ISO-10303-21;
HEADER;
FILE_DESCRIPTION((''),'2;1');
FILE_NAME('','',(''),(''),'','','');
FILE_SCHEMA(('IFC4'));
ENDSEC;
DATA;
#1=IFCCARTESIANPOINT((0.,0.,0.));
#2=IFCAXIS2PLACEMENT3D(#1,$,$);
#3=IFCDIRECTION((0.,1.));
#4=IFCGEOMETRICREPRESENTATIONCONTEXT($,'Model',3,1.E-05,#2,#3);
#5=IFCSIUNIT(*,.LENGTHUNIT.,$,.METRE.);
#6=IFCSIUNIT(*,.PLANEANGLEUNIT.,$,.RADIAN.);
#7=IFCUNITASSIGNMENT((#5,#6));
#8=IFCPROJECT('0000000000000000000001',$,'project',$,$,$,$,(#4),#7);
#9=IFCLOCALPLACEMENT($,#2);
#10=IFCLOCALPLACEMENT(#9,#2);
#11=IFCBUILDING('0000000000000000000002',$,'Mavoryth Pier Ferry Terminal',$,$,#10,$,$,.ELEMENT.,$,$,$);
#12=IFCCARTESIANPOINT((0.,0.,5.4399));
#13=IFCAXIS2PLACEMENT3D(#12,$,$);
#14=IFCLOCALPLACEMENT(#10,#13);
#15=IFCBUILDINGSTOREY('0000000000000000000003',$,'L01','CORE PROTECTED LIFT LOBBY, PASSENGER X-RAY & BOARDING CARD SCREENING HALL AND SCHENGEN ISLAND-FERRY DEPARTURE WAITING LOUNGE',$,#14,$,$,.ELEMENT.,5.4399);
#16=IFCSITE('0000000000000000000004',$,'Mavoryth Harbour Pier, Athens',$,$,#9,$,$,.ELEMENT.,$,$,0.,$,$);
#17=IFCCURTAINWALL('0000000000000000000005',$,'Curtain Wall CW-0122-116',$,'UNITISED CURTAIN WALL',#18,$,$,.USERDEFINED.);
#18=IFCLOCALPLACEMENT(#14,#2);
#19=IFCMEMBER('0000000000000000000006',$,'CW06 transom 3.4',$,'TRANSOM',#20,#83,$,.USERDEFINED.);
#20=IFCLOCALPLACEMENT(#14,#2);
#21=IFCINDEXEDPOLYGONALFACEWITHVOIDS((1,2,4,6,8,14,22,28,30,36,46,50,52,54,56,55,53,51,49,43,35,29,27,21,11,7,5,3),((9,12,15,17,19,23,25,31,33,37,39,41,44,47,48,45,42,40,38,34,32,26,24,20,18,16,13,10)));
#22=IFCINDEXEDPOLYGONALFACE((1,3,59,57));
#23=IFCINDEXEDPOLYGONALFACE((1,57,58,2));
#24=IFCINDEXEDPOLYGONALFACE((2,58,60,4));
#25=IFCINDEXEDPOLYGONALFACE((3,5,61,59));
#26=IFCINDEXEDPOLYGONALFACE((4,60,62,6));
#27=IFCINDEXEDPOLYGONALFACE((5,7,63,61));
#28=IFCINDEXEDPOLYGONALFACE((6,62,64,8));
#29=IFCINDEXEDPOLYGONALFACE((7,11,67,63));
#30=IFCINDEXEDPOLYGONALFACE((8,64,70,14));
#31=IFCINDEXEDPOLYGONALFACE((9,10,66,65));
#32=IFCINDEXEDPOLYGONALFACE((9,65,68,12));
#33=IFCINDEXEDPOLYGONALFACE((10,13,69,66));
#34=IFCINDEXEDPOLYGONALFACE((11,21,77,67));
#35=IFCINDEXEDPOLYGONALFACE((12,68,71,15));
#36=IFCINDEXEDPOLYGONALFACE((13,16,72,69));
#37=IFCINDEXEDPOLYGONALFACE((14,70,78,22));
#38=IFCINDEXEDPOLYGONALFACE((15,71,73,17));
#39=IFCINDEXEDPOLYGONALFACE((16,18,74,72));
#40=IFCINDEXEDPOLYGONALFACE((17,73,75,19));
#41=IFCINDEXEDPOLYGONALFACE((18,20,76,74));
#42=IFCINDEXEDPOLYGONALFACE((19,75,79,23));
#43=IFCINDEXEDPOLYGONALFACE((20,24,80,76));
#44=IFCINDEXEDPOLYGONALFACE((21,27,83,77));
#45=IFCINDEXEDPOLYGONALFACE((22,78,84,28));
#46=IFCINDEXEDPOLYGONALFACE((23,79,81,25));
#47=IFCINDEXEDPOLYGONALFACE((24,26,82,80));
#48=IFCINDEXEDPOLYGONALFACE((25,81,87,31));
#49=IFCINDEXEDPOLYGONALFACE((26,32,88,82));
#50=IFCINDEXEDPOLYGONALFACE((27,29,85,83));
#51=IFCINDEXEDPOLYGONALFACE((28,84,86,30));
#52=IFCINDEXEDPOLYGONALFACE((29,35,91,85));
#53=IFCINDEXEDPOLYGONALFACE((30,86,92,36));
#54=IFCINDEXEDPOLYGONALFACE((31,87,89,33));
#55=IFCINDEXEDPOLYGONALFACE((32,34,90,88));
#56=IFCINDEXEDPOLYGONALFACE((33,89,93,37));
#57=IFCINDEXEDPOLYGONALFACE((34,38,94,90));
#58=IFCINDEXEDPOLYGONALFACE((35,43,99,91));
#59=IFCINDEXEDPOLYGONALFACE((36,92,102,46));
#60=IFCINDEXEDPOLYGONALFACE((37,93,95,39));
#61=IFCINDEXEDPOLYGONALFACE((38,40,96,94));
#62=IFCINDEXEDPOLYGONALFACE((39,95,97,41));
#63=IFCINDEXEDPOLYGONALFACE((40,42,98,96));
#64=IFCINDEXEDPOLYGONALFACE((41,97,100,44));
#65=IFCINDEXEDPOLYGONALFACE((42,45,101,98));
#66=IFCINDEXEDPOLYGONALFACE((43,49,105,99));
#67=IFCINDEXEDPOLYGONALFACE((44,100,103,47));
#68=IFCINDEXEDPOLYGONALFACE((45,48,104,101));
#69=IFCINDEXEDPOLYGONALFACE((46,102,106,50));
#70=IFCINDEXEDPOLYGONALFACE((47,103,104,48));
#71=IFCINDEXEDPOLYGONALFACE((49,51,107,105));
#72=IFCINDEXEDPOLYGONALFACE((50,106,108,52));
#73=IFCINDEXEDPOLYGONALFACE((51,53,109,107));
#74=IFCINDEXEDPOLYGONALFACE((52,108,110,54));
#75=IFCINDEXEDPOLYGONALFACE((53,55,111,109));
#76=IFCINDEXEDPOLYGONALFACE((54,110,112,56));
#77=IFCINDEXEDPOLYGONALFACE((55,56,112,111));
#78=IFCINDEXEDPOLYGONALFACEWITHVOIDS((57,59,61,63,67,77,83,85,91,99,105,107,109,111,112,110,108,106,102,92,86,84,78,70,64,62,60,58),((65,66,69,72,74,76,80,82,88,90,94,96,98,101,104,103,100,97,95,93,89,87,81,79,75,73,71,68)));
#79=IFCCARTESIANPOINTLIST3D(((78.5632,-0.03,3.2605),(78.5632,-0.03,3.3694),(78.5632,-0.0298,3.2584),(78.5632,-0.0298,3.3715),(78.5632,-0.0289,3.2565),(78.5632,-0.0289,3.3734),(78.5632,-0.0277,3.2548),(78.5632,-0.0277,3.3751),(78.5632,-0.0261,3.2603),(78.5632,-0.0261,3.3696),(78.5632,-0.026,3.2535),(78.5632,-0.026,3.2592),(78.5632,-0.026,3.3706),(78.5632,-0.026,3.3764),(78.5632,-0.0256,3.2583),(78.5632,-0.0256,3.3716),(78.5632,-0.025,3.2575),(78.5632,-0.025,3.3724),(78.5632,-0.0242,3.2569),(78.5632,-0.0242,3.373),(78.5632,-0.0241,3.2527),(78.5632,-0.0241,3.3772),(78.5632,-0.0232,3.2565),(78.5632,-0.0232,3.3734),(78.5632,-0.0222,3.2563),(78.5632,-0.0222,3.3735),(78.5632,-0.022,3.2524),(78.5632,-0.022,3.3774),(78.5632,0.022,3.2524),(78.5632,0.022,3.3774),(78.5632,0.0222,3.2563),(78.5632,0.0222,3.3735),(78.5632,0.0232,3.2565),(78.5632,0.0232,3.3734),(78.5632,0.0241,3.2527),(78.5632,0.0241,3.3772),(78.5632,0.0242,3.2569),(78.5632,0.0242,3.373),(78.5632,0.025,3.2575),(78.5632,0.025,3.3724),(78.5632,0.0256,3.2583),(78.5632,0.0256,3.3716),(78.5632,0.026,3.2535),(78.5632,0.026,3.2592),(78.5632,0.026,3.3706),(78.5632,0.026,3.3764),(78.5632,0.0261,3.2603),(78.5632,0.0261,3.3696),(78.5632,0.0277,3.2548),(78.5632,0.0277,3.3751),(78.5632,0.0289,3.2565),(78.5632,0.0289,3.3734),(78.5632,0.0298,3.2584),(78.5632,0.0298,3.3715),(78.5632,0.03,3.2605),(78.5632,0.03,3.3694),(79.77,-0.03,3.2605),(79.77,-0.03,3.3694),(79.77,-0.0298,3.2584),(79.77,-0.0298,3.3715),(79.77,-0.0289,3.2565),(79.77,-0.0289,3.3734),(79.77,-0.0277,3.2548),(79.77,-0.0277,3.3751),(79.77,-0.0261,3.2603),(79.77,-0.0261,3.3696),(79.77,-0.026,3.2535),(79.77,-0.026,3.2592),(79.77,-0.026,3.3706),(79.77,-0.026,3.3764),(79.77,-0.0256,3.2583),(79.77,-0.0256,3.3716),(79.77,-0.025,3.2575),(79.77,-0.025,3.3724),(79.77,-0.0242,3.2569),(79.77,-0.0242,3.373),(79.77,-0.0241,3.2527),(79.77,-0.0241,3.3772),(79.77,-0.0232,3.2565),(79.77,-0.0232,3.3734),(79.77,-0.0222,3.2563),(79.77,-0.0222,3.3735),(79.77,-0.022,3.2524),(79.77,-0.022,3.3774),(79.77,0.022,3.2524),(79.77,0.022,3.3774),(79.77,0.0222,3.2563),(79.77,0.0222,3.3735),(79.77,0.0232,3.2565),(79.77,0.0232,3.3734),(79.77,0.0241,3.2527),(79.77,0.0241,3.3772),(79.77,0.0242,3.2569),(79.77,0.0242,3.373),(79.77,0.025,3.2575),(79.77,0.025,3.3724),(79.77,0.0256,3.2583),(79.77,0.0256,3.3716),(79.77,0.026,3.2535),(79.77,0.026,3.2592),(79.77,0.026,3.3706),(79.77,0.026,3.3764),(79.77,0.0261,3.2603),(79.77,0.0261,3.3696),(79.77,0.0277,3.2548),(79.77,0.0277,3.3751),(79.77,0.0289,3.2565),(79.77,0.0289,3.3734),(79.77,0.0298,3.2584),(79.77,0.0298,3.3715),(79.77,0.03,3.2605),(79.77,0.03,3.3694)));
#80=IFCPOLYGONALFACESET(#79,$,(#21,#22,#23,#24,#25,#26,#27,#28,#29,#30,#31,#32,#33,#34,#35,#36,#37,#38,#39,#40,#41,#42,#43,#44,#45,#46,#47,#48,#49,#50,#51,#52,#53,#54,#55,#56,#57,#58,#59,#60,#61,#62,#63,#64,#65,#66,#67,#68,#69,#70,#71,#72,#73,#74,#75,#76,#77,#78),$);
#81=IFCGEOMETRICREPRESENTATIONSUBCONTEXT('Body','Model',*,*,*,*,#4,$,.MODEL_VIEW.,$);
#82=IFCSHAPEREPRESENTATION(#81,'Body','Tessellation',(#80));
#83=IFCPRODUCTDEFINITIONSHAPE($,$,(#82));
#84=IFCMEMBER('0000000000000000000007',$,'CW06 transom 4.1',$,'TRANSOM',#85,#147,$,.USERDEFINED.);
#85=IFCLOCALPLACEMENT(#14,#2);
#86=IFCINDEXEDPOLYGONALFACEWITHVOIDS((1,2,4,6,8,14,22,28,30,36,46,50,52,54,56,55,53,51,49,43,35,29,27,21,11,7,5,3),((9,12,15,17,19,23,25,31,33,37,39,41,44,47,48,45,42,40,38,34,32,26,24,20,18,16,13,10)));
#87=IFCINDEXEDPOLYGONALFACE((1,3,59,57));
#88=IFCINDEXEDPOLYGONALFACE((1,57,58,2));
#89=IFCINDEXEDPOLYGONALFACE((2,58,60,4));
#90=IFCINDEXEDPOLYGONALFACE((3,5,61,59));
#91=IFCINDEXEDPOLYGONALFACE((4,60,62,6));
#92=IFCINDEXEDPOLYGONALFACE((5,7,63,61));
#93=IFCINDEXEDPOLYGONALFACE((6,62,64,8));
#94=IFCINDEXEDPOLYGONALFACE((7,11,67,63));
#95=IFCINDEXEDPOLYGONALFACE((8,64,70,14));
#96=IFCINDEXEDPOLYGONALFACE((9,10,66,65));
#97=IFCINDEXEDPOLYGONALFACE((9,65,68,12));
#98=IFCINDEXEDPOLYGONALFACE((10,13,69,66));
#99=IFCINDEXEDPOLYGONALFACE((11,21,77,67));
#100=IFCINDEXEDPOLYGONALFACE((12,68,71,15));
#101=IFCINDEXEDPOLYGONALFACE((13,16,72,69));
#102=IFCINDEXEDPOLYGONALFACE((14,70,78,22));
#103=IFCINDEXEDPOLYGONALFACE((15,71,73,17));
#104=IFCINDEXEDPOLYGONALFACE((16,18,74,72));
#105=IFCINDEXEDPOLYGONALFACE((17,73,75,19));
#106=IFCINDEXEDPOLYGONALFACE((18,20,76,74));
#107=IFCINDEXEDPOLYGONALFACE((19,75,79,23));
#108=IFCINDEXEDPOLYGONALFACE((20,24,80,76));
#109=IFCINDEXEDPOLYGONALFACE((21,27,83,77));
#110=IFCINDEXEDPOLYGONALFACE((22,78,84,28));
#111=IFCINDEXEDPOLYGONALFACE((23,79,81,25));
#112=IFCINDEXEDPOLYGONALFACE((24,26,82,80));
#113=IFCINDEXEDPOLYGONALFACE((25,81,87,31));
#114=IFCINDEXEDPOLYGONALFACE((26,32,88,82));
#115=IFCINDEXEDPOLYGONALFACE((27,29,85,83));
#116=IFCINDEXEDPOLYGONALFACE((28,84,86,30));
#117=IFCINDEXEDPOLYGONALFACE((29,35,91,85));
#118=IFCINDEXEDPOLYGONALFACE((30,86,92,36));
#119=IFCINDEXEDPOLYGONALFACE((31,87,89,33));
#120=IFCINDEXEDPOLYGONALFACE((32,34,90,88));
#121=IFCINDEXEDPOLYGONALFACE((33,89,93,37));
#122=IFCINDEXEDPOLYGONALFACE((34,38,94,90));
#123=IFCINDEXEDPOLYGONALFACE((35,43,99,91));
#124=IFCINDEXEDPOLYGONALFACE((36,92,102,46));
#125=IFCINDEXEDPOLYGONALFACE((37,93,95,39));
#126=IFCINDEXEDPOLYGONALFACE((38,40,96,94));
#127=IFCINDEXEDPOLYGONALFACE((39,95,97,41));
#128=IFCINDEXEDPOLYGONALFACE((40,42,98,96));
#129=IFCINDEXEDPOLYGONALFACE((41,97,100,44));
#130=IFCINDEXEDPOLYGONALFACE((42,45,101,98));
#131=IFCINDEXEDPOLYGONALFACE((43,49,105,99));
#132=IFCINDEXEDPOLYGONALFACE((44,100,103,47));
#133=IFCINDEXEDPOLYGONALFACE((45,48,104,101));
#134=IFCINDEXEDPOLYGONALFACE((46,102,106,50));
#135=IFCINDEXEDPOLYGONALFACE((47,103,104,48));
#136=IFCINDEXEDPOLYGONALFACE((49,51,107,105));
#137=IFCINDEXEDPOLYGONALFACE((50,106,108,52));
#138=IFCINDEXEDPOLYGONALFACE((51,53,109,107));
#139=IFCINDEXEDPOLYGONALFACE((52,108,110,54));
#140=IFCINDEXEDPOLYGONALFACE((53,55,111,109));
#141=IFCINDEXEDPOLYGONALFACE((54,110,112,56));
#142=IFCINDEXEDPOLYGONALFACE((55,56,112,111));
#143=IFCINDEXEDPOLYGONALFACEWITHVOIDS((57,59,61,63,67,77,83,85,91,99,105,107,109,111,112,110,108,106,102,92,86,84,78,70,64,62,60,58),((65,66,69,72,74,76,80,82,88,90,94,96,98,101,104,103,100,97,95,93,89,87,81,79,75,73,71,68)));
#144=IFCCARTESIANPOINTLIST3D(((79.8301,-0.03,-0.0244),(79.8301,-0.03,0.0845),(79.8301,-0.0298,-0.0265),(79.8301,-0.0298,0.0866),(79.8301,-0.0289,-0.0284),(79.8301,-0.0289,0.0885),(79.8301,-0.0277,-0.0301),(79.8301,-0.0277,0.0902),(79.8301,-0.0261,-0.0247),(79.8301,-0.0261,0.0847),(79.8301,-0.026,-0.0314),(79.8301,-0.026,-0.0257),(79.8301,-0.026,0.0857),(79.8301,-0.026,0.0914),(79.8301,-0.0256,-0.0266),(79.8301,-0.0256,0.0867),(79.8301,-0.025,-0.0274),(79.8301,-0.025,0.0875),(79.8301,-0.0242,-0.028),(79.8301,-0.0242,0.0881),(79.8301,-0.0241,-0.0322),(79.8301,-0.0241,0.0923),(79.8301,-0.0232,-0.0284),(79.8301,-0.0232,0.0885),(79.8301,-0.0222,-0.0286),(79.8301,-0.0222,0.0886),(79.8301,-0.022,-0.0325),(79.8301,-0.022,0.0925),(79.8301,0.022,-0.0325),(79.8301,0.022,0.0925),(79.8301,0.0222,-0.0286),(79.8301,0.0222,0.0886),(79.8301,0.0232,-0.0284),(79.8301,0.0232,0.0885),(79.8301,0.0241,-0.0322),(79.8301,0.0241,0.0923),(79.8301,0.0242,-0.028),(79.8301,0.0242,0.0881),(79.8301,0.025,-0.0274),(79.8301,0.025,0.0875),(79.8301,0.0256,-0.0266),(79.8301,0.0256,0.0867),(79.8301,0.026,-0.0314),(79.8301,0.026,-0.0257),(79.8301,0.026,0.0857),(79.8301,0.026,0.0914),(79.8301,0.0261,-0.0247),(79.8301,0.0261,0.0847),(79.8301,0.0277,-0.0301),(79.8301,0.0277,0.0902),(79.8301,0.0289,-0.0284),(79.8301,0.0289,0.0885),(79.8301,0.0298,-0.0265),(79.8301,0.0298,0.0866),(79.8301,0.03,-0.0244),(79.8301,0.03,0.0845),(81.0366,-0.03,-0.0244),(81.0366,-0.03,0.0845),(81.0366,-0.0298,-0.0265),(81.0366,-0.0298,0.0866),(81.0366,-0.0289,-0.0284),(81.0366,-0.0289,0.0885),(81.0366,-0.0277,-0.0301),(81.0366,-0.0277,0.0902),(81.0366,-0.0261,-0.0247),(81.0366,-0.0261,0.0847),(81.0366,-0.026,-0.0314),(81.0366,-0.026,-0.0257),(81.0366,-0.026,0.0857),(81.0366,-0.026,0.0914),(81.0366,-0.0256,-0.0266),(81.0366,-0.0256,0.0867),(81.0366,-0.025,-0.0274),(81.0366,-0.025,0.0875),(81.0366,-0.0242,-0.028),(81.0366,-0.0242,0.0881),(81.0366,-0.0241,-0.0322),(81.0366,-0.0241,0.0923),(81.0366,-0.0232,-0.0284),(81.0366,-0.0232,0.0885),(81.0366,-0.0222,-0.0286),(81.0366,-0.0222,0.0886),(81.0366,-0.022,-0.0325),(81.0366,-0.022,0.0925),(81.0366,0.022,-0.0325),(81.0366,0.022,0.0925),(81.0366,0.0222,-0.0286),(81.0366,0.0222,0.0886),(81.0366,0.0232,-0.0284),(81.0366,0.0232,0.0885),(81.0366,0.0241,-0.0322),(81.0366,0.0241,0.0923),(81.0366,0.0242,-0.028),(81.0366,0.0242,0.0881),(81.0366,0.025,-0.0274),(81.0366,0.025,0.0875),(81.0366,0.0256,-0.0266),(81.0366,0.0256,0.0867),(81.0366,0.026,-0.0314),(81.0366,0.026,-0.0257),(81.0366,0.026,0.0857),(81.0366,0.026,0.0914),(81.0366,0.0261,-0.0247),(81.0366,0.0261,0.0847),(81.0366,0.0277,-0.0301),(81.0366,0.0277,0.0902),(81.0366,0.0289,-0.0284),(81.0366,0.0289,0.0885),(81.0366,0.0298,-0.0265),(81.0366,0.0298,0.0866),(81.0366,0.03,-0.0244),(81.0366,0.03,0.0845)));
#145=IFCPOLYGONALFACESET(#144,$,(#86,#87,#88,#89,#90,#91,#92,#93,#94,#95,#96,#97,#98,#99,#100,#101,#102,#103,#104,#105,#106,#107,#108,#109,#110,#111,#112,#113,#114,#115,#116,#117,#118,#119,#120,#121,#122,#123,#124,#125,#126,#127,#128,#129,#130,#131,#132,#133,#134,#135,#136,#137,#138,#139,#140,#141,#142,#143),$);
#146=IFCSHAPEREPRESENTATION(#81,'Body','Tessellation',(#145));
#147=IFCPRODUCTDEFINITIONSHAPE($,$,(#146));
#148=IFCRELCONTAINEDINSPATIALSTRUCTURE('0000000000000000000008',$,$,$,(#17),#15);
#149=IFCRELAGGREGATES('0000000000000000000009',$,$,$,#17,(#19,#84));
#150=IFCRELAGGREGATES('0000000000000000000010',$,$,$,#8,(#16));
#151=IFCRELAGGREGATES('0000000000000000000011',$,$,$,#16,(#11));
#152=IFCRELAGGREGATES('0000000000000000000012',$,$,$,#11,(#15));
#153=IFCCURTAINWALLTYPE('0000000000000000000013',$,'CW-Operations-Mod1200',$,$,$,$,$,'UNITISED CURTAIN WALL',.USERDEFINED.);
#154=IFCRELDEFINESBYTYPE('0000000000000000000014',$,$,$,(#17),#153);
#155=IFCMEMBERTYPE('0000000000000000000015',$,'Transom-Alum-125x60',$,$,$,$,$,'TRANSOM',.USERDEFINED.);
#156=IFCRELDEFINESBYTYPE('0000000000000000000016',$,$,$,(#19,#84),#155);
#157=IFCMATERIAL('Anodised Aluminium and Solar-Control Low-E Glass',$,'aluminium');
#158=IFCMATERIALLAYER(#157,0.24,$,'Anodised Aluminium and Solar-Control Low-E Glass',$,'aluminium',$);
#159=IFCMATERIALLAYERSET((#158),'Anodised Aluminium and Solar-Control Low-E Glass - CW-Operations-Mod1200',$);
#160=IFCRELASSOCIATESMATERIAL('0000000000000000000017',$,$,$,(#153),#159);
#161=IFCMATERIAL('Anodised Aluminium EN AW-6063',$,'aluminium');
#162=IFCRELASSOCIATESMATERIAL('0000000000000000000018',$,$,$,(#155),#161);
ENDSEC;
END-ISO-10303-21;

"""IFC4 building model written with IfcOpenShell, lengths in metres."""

from ifc_helpers import new_model, si_unit, direction, frame, origin, origin_2d, place, context, subcontext, project, spatial, hollow_rectangle, extrude, material, layer, layer_set, material_profile, profile_set, type_object, element, aggregate, save


model = new_model("IFC4")

# Units and contexts
model_context = context("Model", 3, precision=1e-05, world=origin(), true_north=direction((0.0, 1.0)))
body_context = subcontext(model_context, "Body", "Model", "MODEL_VIEW")
ifc_project = project(units=[si_unit("LENGTHUNIT", "METRE"), si_unit("PLANEANGLEUNIT", "RADIAN")], contexts=[model_context])

# Site, building, storey
site_placement = place(None, origin())
site = spatial("IfcSite", under=ifc_project, at=site_placement, Name="Mavoryth Harbour Pier, Athens", CompositionType="ELEMENT", RefElevation=0.0)
building_placement = place(site_placement, origin())
building = spatial("IfcBuilding", under=site, at=building_placement, Name="Mavoryth Pier Ferry Terminal", CompositionType="ELEMENT")
storey_placement = place(building_placement, frame((0.0, 0.0, 5.4399)))
storey = spatial("IfcBuildingStorey", under=building, at=storey_placement, Name="L01", Description="CORE PROTECTED LIFT LOBBY, PASSENGER X-RAY & BOARDING CARD SCREENING HALL AND SCHENGEN ISLAND-FERRY DEPARTURE WAITING LOUNGE", CompositionType="ELEMENT", Elevation=5.4399)

# Curtain wall, members
ifc_material_1 = material(Name="Anodised Aluminium and Solar-Control Low-E Glass", Category="aluminium")
ifc_layer_1 = layer(ifc_material_1, 0.24, Name="Anodised Aluminium and Solar-Control Low-E Glass", Category="aluminium")
ifc_layer_set_1 = layer_set([ifc_layer_1], Name="Anodised Aluminium and Solar-Control Low-E Glass - CW-Operations-Mod1200")
curtain_wall_type = type_object("IfcCurtainWallType", Name="CW-Operations-Mod1200", ElementType="UNITISED CURTAIN WALL", PredefinedType="USERDEFINED", material=ifc_layer_set_1)
curtain_wall_placement = place(storey_placement, origin())
curtain_wall = element("IfcCurtainWall", 1, at=curtain_wall_placement, inside=storey, type_object=curtain_wall_type, Name="Curtain Wall CW-0122-116", ObjectType="UNITISED CURTAIN WALL", PredefinedType="USERDEFINED")
ifc_material_2 = material(Name="Anodised Aluminium EN AW-6063", Category="aluminium")
ifc_material_profile_1 = material_profile(ifc_material_2, hollow_rectangle(XDim=0.0601, YDim=0.125, WallThickness=0.0039, InnerFilletRadius=0.0039, OuterFilletRadius=0.0081, at=origin_2d()), Name="AL-TRAN 125x60x4", Category="aluminium")
ifc_profile_set_1 = profile_set([ifc_material_profile_1], Name="Anodised Aluminium EN AW-6063 - AL-TRAN 125x60x4")
member_type_1 = type_object("IfcMemberType", Name="Transom-Alum-125x60", ElementType="TRANSOM", PredefinedType="USERDEFINED", material=ifc_profile_set_1)
member_1_placement = place(storey_placement, frame((78.5632, 0.0, 3.3149), z_axis=(1.0, 0.0, 0.0), x_axis=(0.0, 1.0, 0.0)))
member_1 = element("IfcMember", 2, at=member_1_placement, type_object=member_type_1, Name="CW06 transom 3.4", ObjectType="TRANSOM", PredefinedType="USERDEFINED", context=body_context, shape_type="SweptSolid", body=[
    extrude(hollow_rectangle(XDim=0.0601, YDim=0.125, WallThickness=0.0039, InnerFilletRadius=0.0039, OuterFilletRadius=0.0081, at=origin_2d()), origin(), (0.0, 0.0, 1.0), 1.2068),
])
member_2_placement = place(storey_placement, frame((79.8301, 0.0, 0.03), z_axis=(1.0, 0.0, 0.0), x_axis=(0.0, 1.0, 0.0)))
member_2 = element("IfcMember", 3, at=member_2_placement, type_object=member_type_1, Name="CW06 transom 4.1", ObjectType="TRANSOM", PredefinedType="USERDEFINED", context=body_context, shape_type="SweptSolid", body=[
    extrude(hollow_rectangle(XDim=0.0601, YDim=0.125, WallThickness=0.0039, InnerFilletRadius=0.0039, OuterFilletRadius=0.0081, at=origin_2d()), origin(), (0.0, 0.0, 1.0), 1.2065),
])
aggregate(curtain_wall, [member_1, member_2])

save(model, "model.ifc")
